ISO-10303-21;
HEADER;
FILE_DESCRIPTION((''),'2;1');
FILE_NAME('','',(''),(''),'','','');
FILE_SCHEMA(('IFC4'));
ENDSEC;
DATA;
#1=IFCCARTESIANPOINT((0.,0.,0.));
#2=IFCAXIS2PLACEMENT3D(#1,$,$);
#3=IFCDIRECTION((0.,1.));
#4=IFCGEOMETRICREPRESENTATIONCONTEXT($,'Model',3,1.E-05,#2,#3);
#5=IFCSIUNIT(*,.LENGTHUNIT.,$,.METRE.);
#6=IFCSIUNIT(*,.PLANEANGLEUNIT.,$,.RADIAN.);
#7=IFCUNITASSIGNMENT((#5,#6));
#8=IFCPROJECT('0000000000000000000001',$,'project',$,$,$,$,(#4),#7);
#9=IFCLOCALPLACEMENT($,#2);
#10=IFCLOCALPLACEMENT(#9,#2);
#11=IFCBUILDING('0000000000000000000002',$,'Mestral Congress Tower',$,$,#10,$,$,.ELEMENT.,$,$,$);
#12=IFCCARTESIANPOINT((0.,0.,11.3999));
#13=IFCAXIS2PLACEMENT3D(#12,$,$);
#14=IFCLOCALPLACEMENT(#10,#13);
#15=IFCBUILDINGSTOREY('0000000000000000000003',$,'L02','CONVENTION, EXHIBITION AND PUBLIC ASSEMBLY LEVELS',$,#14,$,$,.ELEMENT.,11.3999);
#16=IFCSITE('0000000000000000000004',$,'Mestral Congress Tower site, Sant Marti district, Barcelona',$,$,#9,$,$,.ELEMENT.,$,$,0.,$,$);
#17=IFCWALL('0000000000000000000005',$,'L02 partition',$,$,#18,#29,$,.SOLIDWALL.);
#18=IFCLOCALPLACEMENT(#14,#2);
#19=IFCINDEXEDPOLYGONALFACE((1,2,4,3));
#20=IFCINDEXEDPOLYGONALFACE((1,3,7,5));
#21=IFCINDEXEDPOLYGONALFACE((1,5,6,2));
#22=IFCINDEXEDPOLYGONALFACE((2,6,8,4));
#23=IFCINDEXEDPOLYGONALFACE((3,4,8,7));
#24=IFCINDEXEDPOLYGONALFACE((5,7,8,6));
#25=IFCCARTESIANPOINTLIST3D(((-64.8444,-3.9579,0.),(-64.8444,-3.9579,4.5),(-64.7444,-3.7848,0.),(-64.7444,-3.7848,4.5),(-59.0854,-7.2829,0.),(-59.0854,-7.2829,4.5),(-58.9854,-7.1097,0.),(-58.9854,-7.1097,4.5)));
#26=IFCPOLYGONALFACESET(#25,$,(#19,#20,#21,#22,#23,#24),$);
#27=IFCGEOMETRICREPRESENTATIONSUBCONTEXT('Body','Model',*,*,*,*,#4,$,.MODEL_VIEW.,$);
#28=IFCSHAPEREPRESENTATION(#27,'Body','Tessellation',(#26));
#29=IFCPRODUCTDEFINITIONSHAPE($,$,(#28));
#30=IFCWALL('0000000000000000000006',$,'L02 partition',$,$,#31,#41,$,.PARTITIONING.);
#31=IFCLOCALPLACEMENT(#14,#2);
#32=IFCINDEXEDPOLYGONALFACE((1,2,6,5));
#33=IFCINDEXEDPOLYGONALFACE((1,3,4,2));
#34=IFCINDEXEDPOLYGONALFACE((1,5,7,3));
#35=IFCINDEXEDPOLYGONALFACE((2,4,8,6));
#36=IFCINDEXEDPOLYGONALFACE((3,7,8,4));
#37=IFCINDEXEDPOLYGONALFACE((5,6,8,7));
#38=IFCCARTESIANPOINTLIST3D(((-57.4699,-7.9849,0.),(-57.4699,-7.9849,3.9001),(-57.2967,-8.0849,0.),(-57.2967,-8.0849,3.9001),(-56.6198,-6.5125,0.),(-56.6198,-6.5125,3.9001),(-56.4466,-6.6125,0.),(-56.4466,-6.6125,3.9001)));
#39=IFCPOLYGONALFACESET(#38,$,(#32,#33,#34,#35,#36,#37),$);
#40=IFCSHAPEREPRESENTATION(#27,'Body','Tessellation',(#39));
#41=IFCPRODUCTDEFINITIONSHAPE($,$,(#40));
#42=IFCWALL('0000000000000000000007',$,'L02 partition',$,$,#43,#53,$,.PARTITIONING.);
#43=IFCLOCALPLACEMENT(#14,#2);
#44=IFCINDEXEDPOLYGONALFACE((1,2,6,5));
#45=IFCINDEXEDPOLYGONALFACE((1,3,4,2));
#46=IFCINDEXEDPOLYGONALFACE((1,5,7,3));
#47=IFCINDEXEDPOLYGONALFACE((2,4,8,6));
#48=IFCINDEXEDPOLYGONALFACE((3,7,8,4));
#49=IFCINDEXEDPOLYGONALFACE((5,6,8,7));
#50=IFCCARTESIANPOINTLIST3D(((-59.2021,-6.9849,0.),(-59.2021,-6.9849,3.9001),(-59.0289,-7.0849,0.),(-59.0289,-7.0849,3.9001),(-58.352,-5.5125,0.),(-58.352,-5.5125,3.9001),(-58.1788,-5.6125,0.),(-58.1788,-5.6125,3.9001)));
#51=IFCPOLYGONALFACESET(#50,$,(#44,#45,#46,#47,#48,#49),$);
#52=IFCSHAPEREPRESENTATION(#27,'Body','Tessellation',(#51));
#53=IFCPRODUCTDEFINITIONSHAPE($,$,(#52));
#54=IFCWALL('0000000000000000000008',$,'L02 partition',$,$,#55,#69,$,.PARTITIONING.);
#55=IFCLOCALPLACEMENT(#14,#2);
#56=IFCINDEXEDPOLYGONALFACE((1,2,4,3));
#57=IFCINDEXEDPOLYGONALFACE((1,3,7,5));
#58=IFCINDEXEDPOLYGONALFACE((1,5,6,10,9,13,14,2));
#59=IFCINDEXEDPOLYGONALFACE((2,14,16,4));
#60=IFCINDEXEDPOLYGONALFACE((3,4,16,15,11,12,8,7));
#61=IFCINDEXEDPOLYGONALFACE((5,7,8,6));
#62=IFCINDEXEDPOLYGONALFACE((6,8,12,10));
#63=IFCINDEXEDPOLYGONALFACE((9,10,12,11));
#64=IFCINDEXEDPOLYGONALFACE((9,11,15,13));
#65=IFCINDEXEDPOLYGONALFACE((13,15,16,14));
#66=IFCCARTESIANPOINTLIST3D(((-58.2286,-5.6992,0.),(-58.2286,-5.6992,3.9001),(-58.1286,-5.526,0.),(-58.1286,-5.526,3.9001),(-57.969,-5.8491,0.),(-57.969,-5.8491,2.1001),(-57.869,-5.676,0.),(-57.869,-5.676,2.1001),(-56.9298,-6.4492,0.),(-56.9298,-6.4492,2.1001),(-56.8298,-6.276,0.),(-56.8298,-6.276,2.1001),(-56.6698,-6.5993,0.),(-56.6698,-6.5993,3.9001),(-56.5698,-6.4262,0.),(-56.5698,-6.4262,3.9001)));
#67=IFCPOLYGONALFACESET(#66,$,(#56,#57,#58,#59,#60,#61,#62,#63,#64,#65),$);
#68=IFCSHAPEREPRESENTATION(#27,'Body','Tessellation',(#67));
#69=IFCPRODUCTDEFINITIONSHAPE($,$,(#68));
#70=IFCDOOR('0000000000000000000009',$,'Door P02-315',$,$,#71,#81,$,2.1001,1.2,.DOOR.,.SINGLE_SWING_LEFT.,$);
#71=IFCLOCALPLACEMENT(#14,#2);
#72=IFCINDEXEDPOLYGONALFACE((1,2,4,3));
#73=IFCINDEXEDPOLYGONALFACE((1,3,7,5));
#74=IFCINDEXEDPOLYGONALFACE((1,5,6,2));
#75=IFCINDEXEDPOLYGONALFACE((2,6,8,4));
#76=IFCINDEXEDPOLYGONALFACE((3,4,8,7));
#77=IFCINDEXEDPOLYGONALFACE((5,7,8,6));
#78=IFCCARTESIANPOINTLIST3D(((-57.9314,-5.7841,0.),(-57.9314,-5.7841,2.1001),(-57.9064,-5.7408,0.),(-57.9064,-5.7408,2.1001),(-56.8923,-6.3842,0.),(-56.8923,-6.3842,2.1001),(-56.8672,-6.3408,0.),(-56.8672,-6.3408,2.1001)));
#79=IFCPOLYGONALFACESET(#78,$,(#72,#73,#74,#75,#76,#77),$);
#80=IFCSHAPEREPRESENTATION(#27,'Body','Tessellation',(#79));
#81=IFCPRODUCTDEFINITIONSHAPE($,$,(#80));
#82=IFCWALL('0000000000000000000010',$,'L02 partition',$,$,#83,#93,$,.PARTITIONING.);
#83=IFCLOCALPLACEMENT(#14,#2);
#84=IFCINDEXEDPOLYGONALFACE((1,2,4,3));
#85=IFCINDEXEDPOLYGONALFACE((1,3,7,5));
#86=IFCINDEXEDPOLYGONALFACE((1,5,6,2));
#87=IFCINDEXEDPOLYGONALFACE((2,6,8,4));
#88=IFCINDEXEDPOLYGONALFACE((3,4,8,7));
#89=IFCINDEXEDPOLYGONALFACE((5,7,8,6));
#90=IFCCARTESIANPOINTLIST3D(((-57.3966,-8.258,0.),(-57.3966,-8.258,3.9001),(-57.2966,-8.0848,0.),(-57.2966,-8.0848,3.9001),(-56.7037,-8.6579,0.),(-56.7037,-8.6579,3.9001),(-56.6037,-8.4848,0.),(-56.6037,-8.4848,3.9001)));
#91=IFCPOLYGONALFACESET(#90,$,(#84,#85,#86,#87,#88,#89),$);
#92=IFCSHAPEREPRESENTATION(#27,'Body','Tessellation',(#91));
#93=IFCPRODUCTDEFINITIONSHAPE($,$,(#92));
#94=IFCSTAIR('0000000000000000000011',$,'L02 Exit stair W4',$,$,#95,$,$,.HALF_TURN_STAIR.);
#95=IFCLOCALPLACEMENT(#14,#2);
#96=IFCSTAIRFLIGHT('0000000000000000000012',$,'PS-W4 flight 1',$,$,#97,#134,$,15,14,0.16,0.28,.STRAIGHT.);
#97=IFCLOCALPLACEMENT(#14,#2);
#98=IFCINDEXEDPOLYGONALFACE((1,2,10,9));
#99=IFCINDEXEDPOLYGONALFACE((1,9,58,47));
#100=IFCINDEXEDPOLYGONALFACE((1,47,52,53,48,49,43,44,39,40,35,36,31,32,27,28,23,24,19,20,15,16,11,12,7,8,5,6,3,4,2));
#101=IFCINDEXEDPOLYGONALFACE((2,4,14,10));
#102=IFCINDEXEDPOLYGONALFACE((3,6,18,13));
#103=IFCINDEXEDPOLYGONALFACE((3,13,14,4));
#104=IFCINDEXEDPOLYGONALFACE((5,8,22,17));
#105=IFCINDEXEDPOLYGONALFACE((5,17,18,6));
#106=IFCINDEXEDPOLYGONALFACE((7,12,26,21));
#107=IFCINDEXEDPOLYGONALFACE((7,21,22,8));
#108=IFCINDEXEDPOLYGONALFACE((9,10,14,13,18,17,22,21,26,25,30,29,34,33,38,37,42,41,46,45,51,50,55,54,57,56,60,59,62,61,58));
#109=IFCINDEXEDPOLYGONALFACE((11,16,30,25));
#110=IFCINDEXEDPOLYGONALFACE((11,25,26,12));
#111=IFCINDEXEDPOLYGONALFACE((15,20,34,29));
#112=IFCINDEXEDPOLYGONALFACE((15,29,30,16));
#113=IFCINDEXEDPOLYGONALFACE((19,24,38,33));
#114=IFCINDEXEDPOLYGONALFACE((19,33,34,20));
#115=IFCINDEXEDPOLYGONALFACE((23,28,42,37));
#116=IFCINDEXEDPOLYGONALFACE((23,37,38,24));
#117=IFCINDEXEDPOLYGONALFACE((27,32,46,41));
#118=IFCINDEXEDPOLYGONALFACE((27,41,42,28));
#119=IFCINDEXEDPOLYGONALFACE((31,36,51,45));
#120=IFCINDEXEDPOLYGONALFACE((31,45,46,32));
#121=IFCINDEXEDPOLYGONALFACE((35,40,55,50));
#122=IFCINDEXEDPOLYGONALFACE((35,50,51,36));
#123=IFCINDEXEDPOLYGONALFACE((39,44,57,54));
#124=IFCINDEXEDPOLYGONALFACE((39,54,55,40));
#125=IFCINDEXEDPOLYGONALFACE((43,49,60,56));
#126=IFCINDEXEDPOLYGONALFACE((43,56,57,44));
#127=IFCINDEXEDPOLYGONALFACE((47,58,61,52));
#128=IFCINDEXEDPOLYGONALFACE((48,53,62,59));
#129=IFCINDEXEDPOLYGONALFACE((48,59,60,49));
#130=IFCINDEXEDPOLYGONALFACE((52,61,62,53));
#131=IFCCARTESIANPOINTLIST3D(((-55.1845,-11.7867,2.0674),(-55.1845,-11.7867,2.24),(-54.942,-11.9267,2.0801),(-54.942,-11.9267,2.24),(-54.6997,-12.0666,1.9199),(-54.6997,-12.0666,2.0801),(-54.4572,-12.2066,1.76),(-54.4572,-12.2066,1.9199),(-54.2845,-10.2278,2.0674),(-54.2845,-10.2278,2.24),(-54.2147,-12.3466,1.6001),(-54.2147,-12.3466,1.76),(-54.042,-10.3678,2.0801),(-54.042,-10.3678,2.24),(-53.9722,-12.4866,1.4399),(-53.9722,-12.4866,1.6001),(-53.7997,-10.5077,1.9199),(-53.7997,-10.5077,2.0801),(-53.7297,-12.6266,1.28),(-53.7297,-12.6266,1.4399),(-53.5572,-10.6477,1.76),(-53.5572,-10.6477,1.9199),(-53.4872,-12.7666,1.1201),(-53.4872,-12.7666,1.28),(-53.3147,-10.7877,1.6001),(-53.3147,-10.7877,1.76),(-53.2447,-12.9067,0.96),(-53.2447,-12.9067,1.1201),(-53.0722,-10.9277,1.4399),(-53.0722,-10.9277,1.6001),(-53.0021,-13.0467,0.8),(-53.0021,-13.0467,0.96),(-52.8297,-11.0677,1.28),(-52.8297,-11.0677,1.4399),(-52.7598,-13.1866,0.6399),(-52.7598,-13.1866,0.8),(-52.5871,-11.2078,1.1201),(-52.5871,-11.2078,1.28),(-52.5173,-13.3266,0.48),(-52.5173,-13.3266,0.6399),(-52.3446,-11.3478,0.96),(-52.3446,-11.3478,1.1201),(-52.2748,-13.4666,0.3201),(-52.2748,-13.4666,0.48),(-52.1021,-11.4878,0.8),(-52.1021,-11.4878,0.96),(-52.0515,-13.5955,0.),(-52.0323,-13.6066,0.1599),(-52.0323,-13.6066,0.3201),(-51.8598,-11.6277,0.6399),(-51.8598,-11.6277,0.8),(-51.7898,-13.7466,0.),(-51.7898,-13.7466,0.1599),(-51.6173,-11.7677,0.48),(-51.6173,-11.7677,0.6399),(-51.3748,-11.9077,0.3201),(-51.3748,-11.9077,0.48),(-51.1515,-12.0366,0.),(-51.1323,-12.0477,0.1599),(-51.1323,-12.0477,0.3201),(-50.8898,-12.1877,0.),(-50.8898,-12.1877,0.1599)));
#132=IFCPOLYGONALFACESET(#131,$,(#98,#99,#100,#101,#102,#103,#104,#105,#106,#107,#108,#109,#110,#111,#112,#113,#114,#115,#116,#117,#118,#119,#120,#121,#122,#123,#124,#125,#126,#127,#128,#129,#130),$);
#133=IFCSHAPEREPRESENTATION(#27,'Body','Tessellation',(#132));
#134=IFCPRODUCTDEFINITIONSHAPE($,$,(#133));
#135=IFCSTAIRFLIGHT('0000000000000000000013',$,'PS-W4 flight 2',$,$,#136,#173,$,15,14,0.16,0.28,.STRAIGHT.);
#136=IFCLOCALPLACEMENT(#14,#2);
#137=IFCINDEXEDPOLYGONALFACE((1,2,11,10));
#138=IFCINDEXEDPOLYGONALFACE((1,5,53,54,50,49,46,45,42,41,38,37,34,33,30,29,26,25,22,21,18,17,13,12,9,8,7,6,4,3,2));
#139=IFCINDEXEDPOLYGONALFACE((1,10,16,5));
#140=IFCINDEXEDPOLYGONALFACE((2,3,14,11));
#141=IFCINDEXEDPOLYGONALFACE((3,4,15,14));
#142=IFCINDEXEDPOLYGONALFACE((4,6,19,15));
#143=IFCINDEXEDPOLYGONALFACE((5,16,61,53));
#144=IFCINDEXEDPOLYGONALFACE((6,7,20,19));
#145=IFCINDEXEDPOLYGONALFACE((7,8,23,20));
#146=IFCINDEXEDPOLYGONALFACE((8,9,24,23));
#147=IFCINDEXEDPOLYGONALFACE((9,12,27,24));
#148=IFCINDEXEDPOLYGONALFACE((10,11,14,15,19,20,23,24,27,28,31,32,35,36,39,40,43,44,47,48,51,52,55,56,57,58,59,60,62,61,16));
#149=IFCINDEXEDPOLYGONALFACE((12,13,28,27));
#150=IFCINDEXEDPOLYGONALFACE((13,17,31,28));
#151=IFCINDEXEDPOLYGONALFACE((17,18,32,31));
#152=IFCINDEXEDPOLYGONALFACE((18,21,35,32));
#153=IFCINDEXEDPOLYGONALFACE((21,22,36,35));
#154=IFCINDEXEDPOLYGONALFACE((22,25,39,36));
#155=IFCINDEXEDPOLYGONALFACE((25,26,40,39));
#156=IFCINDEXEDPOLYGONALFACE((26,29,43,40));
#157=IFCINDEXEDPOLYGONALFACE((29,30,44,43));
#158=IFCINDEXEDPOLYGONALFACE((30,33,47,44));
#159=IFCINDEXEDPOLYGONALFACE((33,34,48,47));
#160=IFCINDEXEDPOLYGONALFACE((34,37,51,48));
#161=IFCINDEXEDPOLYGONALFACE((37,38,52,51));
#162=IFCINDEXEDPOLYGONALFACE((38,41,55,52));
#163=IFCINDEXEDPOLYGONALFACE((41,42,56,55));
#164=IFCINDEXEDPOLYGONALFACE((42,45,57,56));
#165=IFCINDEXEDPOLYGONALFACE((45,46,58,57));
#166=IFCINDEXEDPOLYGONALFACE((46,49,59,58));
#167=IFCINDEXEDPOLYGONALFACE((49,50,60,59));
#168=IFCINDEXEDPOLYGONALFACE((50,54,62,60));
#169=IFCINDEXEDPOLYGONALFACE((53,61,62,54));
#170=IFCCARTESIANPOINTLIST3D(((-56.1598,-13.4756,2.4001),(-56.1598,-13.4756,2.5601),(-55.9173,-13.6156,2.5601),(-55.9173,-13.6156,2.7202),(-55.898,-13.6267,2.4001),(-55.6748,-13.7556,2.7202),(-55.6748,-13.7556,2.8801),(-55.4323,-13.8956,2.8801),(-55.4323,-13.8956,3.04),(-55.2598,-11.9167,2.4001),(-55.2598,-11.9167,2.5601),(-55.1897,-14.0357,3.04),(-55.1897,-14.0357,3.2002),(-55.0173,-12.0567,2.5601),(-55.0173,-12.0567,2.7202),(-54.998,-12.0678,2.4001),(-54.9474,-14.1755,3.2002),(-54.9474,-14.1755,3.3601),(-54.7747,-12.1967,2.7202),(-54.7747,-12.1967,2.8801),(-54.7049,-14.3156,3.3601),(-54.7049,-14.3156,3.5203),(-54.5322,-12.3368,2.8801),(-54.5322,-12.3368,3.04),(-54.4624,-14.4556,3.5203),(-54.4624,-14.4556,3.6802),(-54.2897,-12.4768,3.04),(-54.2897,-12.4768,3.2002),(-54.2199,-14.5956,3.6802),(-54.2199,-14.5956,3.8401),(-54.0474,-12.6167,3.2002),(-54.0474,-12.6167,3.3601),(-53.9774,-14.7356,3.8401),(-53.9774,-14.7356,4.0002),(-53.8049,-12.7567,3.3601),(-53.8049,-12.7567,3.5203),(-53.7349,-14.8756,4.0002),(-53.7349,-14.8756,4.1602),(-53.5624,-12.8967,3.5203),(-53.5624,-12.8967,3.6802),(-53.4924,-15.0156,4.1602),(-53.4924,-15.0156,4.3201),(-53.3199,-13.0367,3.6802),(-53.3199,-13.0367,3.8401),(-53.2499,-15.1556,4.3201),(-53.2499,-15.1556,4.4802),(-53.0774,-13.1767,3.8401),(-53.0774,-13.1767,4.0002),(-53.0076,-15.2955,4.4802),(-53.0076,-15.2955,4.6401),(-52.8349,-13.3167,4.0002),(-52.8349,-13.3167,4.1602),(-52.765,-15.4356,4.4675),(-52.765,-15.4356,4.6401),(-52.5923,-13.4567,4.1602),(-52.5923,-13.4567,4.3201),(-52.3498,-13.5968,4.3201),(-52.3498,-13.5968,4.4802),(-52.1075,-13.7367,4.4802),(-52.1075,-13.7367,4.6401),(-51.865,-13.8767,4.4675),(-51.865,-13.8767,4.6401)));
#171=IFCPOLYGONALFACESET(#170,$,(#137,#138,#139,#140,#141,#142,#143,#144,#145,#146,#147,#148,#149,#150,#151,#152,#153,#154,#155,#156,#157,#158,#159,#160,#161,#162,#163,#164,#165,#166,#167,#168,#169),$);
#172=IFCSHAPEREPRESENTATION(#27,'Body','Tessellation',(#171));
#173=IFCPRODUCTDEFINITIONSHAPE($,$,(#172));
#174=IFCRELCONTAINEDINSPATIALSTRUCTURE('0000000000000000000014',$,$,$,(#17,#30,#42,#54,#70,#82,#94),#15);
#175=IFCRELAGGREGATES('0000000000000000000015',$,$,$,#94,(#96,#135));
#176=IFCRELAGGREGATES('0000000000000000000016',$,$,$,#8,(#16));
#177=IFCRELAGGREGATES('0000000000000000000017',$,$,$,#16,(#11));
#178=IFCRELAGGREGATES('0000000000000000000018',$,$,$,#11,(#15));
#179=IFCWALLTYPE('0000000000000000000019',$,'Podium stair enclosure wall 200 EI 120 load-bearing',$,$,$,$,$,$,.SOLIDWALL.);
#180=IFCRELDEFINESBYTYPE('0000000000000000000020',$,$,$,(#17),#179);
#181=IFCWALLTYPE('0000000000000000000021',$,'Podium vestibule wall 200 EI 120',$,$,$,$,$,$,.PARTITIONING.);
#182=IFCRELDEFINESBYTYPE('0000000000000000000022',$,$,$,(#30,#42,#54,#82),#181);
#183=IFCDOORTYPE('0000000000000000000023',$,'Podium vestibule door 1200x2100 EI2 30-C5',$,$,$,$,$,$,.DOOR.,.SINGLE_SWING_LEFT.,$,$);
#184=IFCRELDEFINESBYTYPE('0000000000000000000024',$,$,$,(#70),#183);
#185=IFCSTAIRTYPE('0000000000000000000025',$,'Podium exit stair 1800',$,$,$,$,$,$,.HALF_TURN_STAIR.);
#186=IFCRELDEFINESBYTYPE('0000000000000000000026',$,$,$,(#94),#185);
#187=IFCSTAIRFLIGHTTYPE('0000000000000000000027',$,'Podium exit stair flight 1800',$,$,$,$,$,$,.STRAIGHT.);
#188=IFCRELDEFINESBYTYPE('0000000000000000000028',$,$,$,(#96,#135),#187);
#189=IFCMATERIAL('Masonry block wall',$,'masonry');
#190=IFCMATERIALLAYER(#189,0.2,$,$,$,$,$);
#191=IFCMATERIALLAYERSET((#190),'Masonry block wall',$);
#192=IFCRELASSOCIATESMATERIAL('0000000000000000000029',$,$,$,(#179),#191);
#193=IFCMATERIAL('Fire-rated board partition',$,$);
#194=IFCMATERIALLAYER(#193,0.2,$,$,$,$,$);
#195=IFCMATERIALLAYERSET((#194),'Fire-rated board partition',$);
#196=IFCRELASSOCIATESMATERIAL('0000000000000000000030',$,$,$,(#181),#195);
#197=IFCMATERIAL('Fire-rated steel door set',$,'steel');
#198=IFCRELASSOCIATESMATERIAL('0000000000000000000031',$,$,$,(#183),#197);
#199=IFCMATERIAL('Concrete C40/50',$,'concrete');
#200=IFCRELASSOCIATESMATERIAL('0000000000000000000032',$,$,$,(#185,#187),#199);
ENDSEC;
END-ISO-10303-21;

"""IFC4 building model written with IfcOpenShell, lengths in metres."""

from ifc_helpers import new_model, si_unit, direction, frame, frame_2d, origin, place, context, subcontext, project, spatial, polyline, rectangle, outline, extrude, material, layer, layer_set, type_object, element, fill, aggregate, save


model = new_model("IFC4")

# Units and contexts
model_context = context("Model", 3, precision=1e-05, world=origin(), true_north=direction((0.0, 1.0)))
body_context = subcontext(model_context, "Body", "Model", "MODEL_VIEW")
ifc_project = project(units=[si_unit("LENGTHUNIT", "METRE"), si_unit("PLANEANGLEUNIT", "RADIAN")], contexts=[model_context])

# Site, building, storey
site_placement = place(None, origin())
site = spatial("IfcSite", under=ifc_project, at=site_placement, Name="Mestral Congress Tower site, Sant Marti district, Barcelona", CompositionType="ELEMENT", RefElevation=0.0)
building_placement = place(site_placement, origin())
building = spatial("IfcBuilding", under=site, at=building_placement, Name="Mestral Congress Tower", CompositionType="ELEMENT")
storey_placement = place(building_placement, frame((0.0, 0.0, 11.3999)))
storey = spatial("IfcBuildingStorey", under=building, at=storey_placement, Name="L02", Description="CONVENTION, EXHIBITION AND PUBLIC ASSEMBLY LEVELS", CompositionType="ELEMENT", Elevation=11.3999)

# Shared definitions
ifc_material_1 = material(Name="Masonry block wall", Category="masonry")
ifc_layer_1 = layer(ifc_material_1, 0.2)
ifc_layer_set_1 = layer_set([ifc_layer_1], Name="Masonry block wall")
wall_type_1 = type_object("IfcWallType", Name="Podium stair enclosure wall 200 EI 120 load-bearing", PredefinedType="SOLIDWALL", material=ifc_layer_set_1)

# Shared definitions
ifc_material_2 = material(Name="Fire-rated steel door set", Category="steel")

# Walls
wall_1_placement = place(storey_placement, frame((-59.0354, -7.1963, 0.0), z_axis=(0.0, 0.0, 1.0), x_axis=(-0.866027, 0.499997, 0.0)))
element("IfcWall", 1, at=wall_1_placement, inside=storey, type_object=wall_type_1, Name="L02 partition", PredefinedType="SOLIDWALL", context=body_context, shape_type="SweptSolid", body=[
    extrude(rectangle(XDim=6.6499, YDim=0.2, at=frame_2d((3.325, 0.0))), origin(), (0.0, 0.0, 1.0), 4.5),
])
ifc_material_3 = material(Name="Fire-rated board partition")
ifc_layer_2 = layer(ifc_material_3, 0.2)
ifc_layer_set_2 = layer_set([ifc_layer_2], Name="Fire-rated board partition")
wall_type_2 = type_object("IfcWallType", Name="Podium vestibule wall 200 EI 120", PredefinedType="PARTITIONING", material=ifc_layer_set_2)
for number, where, z_axis, x_axis, name in (
    (2, (-56.5332, -6.5625, 0.0), (0.0, 0.0, 1.0), (-0.5, -0.866025, 0.0), "L02 partition"),
    (3, (-58.2654, -5.5625, 0.0), (0.0, 0.0, 1.0), (-0.5, -0.866025, 0.0), "L02 partition"),
):
    element("IfcWall", number, at=place(storey_placement, frame(where, z_axis=z_axis, x_axis=x_axis)), inside=storey, type_object=wall_type_2, Name=name, PredefinedType="PARTITIONING", context=body_context, shape_type="SweptSolid", body=[
        extrude(rectangle(XDim=1.7002, YDim=0.2, at=frame_2d((0.8501, 0.0))), origin(), (0.0, 0.0, 1.0), 3.9001),
    ])

# Wall, opening, door
wall_2_placement = place(storey_placement, frame((-56.6199, -6.5127, 0.0), z_axis=(0.0, 0.0, 1.0), x_axis=(-0.865989, 0.500063, 0.0)))
wall_2 = element("IfcWall", 4, at=wall_2_placement, inside=storey, type_object=wall_type_2, Name="L02 partition", PredefinedType="PARTITIONING", context=body_context, shape_type="SweptSolid", body=[
    extrude(rectangle(XDim=1.8, YDim=0.2, at=frame_2d((0.8999, 0.0))), origin(), (0.0, 0.0, 1.0), 3.9001),
])
opening_1_placement = place(wall_2_placement, frame((0.3, 0.0, 0.0)))
opening_1 = element("IfcOpeningElement", 5, at=opening_1_placement, cuts=wall_2, PredefinedType="OPENING", context=body_context, shape_type="SweptSolid", body=[
    extrude(rectangle(XDim=1.2, YDim=2.1001, at=frame_2d((0.6001, 1.05))), frame((0.0, 0.1099, 0.0), z_axis=(0.0, -1.0, 0.0), x_axis=(1.0, 0.0, 0.0)), (0.0, 0.0, 1.0), 0.22),
])
door_type_1 = type_object("IfcDoorType", Name="Podium vestibule door 1200x2100 EI2 30-C5", OperationType="SINGLE_SWING_LEFT", PredefinedType="DOOR", material=ifc_material_2)
door_1_placement = place(opening_1_placement, origin())
door_1 = element("IfcDoor", 6, at=door_1_placement, inside=storey, type_object=door_type_1, Name="Door P02-315", OperationType="SINGLE_SWING_LEFT", OverallHeight=2.1001, OverallWidth=1.2, PredefinedType="DOOR", context=body_context, shape_type="SweptSolid", body=[
    extrude(rectangle(XDim=1.2, YDim=2.1001, at=frame_2d((0.6001, 1.05))), frame((0.0, 0.0249, 0.0), z_axis=(0.0, -1.0, 0.0), x_axis=(1.0, 0.0, 0.0)), (0.0, 0.0, 1.0), 0.05),
])
fill(opening_1, door_1)

# Wall
wall_3_placement = place(storey_placement, frame((-56.6538, -8.5713, 0.0), z_axis=(0.0, 0.0, 1.0), x_axis=(-0.866094, 0.499881, 0.0)))
element("IfcWall", 7, at=wall_3_placement, inside=storey, type_object=wall_type_2, Name="L02 partition", PredefinedType="PARTITIONING", context=body_context, shape_type="SweptSolid", body=[
    extrude(rectangle(XDim=0.8, YDim=0.2, at=frame_2d((0.3999, 0.0))), origin(), (0.0, 0.0, 1.0), 3.9001),
])

# Stair, stair flights
ifc_material_4 = material(Name="Concrete C40/50", Category="concrete")
stair_type = type_object("IfcStairType", Name="Podium exit stair 1800", PredefinedType="HALF_TURN_STAIR", material=ifc_material_4)
stair_placement = place(storey_placement, origin())
stair = element("IfcStair", 8, at=stair_placement, inside=storey, type_object=stair_type, Name="L02 Exit stair W4", PredefinedType="HALF_TURN_STAIR")
stair_flight_type = type_object("IfcStairFlightType", Name="Podium exit stair flight 1800", PredefinedType="STRAIGHT", material=ifc_material_4)
stair_flight_1_placement = place(storey_placement, frame((-51.3398, -12.9673, 0.0), z_axis=(0.0, 0.0, 1.0), x_axis=(-0.866025, 0.5, 0.0)))
stair_flight_1 = element("IfcStairFlight", 9, at=stair_flight_1_placement, type_object=stair_flight_type, Name="PS-W4 flight 1", NumberOfRisers=15, NumberOfTreads=14, PredefinedType="STRAIGHT", RiserHeight=0.16, TreadLength=0.28, context=body_context, shape_type="SweptSolid", body=[
    extrude(outline(polyline([(0.0, 0.0), (0.0, 0.1599), (0.28, 0.1599), (0.28, 0.3201), (0.5601, 0.3201), (0.5601, 0.48), (0.8401, 0.48), (0.8401, 0.6399), (1.1201, 0.6399), (1.1201, 0.8), (1.3999, 0.8), (1.3999, 0.96), (1.6799, 0.96), (1.6799, 1.1201), (1.96, 1.1201), (1.96, 1.28), (2.24, 1.28), (2.24, 1.4399), (2.52, 1.4399), (2.52, 1.6001), (2.8, 1.6001), (2.8, 1.76), (3.0801, 1.76), (3.0801, 1.9199), (3.3601, 1.9199), (3.3601, 2.0801), (3.6399, 2.0801), (3.6399, 2.24), (3.9199, 2.24), (3.9199, 2.3999), (3.9199, 2.0674), (0.3022, 0.0), (0.0, 0.0)])), frame((0.0, 0.8999, 0.0), z_axis=(0.0, -1.0, 0.0), x_axis=(1.0, 0.0, 0.0)), (0.0, 0.0, 1.0), 1.8),
])
stair_flight_2_placement = place(storey_placement, frame((-55.7097, -12.696, 2.4001), z_axis=(0.0, 0.0, 1.0), x_axis=(0.866025, -0.5, 0.0)))
stair_flight_2 = element("IfcStairFlight", 10, at=stair_flight_2_placement, type_object=stair_flight_type, Name="PS-W4 flight 2", NumberOfRisers=15, NumberOfTreads=14, PredefinedType="STRAIGHT", RiserHeight=0.16, TreadLength=0.28, context=body_context, shape_type="SweptSolid", body=[
    extrude(outline(polyline([(0.0, 0.0), (0.0, 0.1599), (0.28, 0.1599), (0.28, 0.3201), (0.5601, 0.3201), (0.5601, 0.48), (0.8401, 0.48), (0.8401, 0.6399), (1.1201, 0.6399), (1.1201, 0.8), (1.3999, 0.8), (1.3999, 0.96), (1.6799, 0.96), (1.6799, 1.1201), (1.96, 1.1201), (1.96, 1.28), (2.24, 1.28), (2.24, 1.4399), (2.52, 1.4399), (2.52, 1.6001), (2.8, 1.6001), (2.8, 1.76), (3.0801, 1.76), (3.0801, 1.9199), (3.3601, 1.9199), (3.3601, 2.0801), (3.6399, 2.0801), (3.6399, 2.24), (3.9199, 2.24), (3.9199, 2.3999), (3.9199, 2.0674), (0.3022, 0.0), (0.0, 0.0)])), frame((0.0, 0.8999, 0.0), z_axis=(0.0, -1.0, 0.0), x_axis=(1.0, 0.0, 0.0)), (0.0, 0.0, 1.0), 1.8),
])
aggregate(stair, [stair_flight_1, stair_flight_2])

save(model, "model.ifc")
